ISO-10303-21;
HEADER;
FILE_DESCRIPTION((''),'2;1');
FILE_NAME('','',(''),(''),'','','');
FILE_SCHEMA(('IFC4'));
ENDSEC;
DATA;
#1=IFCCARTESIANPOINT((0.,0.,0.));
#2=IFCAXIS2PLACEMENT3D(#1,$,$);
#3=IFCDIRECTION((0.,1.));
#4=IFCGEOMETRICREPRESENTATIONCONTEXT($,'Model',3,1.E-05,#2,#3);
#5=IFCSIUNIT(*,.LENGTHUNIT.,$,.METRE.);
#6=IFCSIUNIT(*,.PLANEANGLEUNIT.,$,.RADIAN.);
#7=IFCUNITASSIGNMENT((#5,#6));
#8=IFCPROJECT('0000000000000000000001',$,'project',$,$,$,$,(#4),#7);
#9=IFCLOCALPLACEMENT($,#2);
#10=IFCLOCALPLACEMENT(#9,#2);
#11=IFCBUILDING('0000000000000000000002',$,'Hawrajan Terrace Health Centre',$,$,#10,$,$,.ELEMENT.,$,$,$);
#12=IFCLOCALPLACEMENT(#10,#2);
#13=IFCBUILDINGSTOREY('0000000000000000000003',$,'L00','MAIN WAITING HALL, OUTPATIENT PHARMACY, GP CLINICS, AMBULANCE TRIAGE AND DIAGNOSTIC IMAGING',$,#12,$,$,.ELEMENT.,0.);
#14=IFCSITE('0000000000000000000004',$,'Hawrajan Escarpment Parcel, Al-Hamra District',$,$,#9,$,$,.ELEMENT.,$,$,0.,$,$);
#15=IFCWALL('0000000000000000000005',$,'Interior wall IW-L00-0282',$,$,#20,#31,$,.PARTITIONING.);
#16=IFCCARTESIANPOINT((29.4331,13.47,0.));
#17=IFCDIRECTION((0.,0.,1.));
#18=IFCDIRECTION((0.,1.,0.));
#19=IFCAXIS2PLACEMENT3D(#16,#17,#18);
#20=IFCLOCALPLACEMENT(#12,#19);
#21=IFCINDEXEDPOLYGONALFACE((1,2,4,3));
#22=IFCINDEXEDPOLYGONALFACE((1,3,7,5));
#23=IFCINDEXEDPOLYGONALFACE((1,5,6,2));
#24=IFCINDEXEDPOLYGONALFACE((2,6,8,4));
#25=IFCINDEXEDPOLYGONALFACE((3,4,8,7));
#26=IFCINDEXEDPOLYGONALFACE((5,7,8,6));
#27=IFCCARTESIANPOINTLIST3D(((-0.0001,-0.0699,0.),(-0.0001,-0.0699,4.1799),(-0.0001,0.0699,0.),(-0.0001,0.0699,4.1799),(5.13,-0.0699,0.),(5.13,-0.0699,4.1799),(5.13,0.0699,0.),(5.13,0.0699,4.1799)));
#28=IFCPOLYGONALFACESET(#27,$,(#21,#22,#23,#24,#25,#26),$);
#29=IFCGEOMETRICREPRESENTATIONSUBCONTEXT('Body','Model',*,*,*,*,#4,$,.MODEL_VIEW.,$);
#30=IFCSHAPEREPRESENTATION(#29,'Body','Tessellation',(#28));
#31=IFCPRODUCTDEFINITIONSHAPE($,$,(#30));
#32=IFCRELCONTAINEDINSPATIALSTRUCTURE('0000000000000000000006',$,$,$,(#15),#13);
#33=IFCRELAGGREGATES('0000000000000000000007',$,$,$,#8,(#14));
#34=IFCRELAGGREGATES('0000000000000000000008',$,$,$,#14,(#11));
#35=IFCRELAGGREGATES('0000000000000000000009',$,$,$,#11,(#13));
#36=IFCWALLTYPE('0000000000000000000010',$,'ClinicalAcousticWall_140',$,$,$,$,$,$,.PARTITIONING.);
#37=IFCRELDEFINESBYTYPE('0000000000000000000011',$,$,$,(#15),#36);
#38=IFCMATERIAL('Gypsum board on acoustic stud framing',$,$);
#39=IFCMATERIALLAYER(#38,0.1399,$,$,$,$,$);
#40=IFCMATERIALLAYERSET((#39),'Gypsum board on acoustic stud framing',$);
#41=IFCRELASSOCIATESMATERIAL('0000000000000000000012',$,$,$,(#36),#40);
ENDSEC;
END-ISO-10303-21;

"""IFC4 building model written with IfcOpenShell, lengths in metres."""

from ifc_helpers import new_model, si_unit, direction, frame, frame_2d, origin, place, context, subcontext, project, spatial, rectangle, extrude, material, layer, layer_set, type_object, element, save


model = new_model("IFC4")

# Units and contexts
model_context = context("Model", 3, precision=1e-05, world=origin(), true_north=direction((0.0, 1.0)))
body_context = subcontext(model_context, "Body", "Model", "MODEL_VIEW")
ifc_project = project(units=[si_unit("LENGTHUNIT", "METRE"), si_unit("PLANEANGLEUNIT", "RADIAN")], contexts=[model_context])

# Site, building, storey
site_placement = place(None, origin())
site = spatial("IfcSite", under=ifc_project, at=site_placement, Name="Hawrajan Escarpment Parcel, Al-Hamra District", CompositionType="ELEMENT", RefElevation=0.0)
building_placement = place(site_placement, origin())
building = spatial("IfcBuilding", under=site, at=building_placement, Name="Hawrajan Terrace Health Centre", CompositionType="ELEMENT")
storey_placement = place(building_placement, origin())
storey = spatial("IfcBuildingStorey", under=building, at=storey_placement, Name="L00", Description="MAIN WAITING HALL, OUTPATIENT PHARMACY, GP CLINICS, AMBULANCE TRIAGE AND DIAGNOSTIC IMAGING", CompositionType="ELEMENT", Elevation=0.0)

# Wall
ifc_material_1 = material(Name="Gypsum board on acoustic stud framing")
ifc_layer_1 = layer(ifc_material_1, 0.1399)
ifc_layer_set_1 = layer_set([ifc_layer_1], Name="Gypsum board on acoustic stud framing")
wall_type = type_object("IfcWallType", Name="ClinicalAcousticWall_140", PredefinedType="PARTITIONING", material=ifc_layer_set_1)
wall_1_placement = place(storey_placement, frame((29.4331, 13.47, 0.0), z_axis=(0.0, 0.0, 1.0), x_axis=(0.0, 1.0, 0.0)))
element("IfcWall", 1, at=wall_1_placement, inside=storey, type_object=wall_type, Name="Interior wall IW-L00-0282", PredefinedType="PARTITIONING", context=body_context, shape_type="SweptSolid", body=[
    extrude(rectangle(XDim=5.1301, YDim=0.1399, at=frame_2d((2.5649, 0.0))), origin(), (0.0, 0.0, 1.0), 4.1799),
])

save(model, "model.ifc")
